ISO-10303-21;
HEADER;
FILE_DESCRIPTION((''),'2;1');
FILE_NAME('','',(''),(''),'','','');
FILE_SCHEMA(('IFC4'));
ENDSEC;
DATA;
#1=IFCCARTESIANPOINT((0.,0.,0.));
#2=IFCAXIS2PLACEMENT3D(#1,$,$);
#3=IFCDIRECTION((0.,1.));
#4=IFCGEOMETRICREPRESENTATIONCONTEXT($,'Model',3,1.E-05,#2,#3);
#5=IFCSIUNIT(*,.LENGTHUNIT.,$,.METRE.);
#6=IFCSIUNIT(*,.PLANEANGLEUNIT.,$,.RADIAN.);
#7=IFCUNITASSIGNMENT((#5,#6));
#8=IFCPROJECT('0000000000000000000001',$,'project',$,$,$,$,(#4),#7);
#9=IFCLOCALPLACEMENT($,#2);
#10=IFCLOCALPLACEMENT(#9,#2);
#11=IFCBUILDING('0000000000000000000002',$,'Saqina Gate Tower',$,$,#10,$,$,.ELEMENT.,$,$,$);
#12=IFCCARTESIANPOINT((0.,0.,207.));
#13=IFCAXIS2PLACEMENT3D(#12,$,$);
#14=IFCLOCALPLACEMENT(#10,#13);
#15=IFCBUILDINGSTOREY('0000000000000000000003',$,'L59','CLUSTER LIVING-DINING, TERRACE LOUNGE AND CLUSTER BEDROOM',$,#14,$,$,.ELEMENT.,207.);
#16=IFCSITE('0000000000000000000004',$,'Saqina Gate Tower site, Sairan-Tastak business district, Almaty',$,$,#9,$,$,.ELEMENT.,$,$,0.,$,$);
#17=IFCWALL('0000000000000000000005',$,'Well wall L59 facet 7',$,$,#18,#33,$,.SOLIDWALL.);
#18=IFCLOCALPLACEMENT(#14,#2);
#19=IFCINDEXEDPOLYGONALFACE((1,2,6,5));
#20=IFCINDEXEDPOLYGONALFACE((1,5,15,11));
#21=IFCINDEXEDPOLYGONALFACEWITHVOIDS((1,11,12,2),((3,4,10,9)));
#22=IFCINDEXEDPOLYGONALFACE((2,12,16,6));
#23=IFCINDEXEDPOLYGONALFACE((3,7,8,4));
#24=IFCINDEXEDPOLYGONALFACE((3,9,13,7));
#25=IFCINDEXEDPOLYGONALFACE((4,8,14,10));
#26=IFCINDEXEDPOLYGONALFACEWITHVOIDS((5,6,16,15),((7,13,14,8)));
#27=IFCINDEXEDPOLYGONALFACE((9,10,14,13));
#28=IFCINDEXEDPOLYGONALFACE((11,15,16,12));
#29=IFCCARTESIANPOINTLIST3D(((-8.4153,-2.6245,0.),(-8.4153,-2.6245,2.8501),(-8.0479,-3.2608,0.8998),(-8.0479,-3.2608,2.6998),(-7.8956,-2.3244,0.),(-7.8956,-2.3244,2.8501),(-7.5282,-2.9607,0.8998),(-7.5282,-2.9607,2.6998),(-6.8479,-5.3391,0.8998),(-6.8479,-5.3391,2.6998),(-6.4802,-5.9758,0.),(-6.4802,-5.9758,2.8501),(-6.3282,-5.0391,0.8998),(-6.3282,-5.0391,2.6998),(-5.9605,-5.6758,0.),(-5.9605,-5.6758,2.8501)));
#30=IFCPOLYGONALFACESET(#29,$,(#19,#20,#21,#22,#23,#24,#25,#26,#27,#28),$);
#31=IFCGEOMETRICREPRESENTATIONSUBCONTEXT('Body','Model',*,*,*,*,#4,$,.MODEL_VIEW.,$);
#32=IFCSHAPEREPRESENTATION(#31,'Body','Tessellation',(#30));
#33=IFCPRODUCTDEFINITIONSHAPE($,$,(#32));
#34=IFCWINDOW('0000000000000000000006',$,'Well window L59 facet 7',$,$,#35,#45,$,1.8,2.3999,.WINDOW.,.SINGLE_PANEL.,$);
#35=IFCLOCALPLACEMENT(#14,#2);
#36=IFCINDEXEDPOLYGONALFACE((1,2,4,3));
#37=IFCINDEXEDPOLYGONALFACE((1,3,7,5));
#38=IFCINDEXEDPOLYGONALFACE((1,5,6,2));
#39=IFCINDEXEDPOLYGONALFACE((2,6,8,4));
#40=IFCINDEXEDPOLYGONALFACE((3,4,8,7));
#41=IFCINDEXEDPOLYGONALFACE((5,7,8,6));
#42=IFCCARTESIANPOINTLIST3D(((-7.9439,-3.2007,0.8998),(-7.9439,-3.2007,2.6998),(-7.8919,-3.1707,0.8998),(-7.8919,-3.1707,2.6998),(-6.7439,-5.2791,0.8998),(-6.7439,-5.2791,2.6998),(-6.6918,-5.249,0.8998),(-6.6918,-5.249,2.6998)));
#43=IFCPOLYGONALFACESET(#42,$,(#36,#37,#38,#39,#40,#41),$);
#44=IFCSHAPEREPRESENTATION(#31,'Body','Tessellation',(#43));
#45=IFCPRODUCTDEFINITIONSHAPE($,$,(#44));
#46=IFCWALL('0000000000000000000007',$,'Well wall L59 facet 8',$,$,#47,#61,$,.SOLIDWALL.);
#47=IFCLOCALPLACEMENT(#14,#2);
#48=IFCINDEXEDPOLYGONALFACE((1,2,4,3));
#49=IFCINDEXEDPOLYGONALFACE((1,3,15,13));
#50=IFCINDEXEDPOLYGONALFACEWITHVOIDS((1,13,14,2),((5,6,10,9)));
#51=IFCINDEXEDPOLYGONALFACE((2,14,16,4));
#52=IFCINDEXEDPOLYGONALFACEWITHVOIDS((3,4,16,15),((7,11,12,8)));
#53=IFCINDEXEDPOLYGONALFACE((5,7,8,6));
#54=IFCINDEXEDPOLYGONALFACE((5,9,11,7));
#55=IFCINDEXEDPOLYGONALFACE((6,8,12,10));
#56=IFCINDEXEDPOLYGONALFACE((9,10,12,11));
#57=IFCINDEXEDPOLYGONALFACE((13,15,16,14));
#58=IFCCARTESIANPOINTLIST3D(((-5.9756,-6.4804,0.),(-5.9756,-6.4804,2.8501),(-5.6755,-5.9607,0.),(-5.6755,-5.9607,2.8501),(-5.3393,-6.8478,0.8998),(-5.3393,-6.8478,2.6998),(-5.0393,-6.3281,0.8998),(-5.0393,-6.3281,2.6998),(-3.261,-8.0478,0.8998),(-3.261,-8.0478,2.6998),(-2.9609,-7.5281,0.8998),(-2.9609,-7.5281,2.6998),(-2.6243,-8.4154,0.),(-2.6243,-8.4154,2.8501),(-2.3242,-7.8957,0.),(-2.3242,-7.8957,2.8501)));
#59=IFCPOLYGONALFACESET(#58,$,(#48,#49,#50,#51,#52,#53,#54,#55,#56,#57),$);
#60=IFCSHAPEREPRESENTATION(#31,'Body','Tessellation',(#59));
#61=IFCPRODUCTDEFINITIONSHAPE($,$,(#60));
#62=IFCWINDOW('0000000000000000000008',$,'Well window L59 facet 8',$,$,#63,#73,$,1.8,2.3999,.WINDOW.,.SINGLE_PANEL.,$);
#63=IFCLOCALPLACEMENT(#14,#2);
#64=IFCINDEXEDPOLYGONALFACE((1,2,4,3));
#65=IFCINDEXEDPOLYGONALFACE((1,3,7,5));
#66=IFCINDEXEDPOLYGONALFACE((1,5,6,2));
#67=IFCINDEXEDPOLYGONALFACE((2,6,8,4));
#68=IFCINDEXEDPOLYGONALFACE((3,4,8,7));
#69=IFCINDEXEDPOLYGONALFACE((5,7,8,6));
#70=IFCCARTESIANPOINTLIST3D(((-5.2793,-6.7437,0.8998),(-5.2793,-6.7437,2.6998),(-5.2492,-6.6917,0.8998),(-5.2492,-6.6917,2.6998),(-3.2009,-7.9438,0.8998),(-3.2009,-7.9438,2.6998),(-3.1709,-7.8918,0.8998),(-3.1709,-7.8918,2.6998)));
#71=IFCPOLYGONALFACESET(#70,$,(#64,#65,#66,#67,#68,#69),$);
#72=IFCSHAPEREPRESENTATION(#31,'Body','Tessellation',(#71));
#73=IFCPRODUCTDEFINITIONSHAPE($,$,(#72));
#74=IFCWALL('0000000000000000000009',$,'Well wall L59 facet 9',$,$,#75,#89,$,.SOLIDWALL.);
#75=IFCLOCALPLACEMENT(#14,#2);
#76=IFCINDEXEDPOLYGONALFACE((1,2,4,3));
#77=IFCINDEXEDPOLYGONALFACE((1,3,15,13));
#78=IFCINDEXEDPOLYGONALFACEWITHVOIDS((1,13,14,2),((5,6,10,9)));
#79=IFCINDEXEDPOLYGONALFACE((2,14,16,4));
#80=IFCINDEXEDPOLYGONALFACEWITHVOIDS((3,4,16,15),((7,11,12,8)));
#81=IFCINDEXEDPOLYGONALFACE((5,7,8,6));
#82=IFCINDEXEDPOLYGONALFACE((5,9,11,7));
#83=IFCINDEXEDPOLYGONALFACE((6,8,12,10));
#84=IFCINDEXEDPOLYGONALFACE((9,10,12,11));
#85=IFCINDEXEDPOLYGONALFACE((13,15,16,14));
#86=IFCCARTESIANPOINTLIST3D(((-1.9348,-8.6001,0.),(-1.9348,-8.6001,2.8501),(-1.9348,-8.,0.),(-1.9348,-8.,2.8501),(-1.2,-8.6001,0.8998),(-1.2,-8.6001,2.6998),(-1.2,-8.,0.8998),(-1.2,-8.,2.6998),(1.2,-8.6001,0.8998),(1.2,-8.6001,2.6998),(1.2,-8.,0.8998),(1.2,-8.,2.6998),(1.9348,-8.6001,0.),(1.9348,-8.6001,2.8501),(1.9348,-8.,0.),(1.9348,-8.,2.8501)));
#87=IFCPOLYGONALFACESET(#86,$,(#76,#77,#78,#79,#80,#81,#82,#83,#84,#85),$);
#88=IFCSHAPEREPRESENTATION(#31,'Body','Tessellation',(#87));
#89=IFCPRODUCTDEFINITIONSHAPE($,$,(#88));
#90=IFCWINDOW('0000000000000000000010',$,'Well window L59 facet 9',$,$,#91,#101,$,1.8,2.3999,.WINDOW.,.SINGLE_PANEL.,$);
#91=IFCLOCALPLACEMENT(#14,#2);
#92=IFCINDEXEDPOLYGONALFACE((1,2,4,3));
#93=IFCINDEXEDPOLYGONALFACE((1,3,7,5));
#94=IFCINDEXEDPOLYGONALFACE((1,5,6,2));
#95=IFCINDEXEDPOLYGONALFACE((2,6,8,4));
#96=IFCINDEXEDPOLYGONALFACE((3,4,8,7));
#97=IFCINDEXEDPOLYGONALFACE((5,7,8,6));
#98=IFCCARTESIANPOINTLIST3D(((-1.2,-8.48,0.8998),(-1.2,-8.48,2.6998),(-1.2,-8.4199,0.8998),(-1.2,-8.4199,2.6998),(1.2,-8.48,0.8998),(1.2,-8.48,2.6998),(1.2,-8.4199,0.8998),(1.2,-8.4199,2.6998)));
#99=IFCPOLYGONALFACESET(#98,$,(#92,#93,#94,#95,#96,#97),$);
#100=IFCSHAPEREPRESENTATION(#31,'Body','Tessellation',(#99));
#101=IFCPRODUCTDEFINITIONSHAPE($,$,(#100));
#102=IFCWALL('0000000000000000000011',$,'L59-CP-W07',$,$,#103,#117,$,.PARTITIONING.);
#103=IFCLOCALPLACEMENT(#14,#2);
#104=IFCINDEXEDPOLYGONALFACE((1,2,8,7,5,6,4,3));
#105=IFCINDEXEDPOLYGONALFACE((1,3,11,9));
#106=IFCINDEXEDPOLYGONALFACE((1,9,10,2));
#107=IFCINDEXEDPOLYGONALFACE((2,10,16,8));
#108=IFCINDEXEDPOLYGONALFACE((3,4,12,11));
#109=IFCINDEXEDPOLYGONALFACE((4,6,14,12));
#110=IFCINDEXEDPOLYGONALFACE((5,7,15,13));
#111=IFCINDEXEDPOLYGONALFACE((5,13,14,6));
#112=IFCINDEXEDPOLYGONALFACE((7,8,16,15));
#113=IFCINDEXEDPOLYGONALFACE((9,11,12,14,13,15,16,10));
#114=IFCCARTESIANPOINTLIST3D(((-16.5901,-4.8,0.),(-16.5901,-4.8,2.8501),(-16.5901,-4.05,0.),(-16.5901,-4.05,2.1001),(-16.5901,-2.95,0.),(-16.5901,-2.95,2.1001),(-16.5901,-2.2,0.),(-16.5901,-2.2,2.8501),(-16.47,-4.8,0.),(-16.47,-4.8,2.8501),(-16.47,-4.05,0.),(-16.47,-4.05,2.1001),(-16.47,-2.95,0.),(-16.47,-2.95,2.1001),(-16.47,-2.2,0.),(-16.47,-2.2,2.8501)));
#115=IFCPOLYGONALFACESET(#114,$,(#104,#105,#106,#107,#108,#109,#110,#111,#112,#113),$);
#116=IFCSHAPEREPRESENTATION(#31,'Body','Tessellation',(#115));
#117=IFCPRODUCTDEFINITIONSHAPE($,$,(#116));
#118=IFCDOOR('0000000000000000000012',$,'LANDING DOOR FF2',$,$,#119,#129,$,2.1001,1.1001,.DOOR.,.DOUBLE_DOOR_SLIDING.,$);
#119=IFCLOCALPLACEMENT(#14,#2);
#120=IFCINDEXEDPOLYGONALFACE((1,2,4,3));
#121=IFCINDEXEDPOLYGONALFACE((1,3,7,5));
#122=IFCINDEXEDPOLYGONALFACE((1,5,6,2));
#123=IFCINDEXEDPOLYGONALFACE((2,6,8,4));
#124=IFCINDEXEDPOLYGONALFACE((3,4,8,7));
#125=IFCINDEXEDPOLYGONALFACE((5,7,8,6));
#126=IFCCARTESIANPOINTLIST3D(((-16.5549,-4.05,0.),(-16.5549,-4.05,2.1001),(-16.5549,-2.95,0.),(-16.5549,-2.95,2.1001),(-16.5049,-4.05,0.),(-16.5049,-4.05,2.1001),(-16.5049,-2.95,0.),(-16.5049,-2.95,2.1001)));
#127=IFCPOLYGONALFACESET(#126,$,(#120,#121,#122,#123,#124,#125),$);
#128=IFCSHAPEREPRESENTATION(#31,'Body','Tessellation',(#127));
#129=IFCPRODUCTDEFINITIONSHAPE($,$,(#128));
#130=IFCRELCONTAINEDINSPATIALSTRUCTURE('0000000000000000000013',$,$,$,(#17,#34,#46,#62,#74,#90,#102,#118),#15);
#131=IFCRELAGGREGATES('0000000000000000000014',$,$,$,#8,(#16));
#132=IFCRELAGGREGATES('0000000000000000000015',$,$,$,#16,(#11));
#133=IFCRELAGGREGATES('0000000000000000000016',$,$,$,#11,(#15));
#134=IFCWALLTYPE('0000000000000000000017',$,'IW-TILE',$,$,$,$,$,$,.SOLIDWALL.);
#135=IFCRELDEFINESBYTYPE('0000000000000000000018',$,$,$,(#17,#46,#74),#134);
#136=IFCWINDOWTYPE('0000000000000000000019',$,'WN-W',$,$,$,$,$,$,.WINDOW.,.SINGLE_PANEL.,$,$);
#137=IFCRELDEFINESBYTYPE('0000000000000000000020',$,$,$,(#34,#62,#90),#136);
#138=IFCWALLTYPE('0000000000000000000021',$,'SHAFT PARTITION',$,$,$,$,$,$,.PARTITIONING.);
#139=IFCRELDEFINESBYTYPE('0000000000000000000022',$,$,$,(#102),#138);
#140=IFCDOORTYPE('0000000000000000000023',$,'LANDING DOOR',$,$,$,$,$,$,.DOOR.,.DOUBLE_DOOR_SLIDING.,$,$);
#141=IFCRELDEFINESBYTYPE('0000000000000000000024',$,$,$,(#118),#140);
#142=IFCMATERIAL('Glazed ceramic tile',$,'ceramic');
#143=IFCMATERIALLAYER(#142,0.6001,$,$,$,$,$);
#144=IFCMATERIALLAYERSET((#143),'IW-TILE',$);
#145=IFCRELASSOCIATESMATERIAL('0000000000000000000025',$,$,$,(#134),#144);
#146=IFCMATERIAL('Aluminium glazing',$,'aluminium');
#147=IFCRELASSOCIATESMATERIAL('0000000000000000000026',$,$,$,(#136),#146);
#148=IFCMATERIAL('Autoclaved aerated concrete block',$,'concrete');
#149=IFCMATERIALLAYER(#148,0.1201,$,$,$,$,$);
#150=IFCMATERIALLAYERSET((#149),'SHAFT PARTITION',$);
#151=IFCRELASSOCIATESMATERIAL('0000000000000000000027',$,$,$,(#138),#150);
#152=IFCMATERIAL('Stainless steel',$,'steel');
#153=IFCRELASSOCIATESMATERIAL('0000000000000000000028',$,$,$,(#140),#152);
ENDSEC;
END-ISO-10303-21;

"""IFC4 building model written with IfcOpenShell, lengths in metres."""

from ifc_helpers import new_model, si_unit, direction, frame, frame_2d, origin, place, context, subcontext, project, spatial, rectangle, extrude, material, layer, layer_set, type_object, element, fill, save


model = new_model("IFC4")

# Units and contexts
model_context = context("Model", 3, precision=1e-05, world=origin(), true_north=direction((0.0, 1.0)))
body_context = subcontext(model_context, "Body", "Model", "MODEL_VIEW")
ifc_project = project(units=[si_unit("LENGTHUNIT", "METRE"), si_unit("PLANEANGLEUNIT", "RADIAN")], contexts=[model_context])

# Site, building, storey
site_placement = place(None, origin())
site = spatial("IfcSite", under=ifc_project, at=site_placement, Name="Saqina Gate Tower site, Sairan-Tastak business district, Almaty", CompositionType="ELEMENT", RefElevation=0.0)
building_placement = place(site_placement, origin())
building = spatial("IfcBuilding", under=site, at=building_placement, Name="Saqina Gate Tower", CompositionType="ELEMENT")
storey_placement = place(building_placement, frame((0.0, 0.0, 207.0)))
storey = spatial("IfcBuildingStorey", under=building, at=storey_placement, Name="L59", Description="CLUSTER LIVING-DINING, TERRACE LOUNGE AND CLUSTER BEDROOM", CompositionType="ELEMENT", Elevation=207.0)

# Walls, openings, windows
ifc_material_1 = material(Name="Glazed ceramic tile", Category="ceramic")
ifc_layer_1 = layer(ifc_material_1, 0.6001)
ifc_layer_set_1 = layer_set([ifc_layer_1], Name="IW-TILE")
wall_type_1 = type_object("IfcWallType", Name="IW-TILE", PredefinedType="SOLIDWALL", material=ifc_layer_set_1)
wall_1_placement = place(storey_placement, frame((-8.1555, -2.4744, 0.0), z_axis=(0.0, 0.0, 1.0), x_axis=(0.500034, -0.866006, 0.0)))
wall_1 = element("IfcWall", 1, at=wall_1_placement, inside=storey, type_object=wall_type_1, Name="Well wall L59 facet 7", PredefinedType="SOLIDWALL", context=body_context, shape_type="SweptSolid", body=[
    extrude(rectangle(XDim=3.8699, YDim=0.6001, at=frame_2d((1.9351, 0.0))), origin(), (0.0, 0.0, 1.0), 2.8501),
])
opening_1_placement = place(wall_1_placement, frame((0.7349, 0.0, 0.8999)))
opening_1 = element("IfcOpeningElement", 2, at=opening_1_placement, cuts=wall_1, PredefinedType="OPENING", context=body_context, shape_type="SweptSolid", body=[
    extrude(rectangle(XDim=2.3999, YDim=1.8, at=frame_2d((1.2, 0.8999))), frame((0.0, 0.312, 0.0), z_axis=(0.0, -1.0, 0.0), x_axis=(1.0, 0.0, 0.0)), (0.0, 0.0, 1.0), 0.624),
])
ifc_material_2 = material(Name="Aluminium glazing", Category="aluminium")
window_type = type_object("IfcWindowType", Name="WN-W", PartitioningType="SINGLE_PANEL", PredefinedType="WINDOW", material=ifc_material_2)
window_1_placement = place(opening_1_placement, origin())
window_1 = element("IfcWindow", 3, at=window_1_placement, inside=storey, type_object=window_type, Name="Well window L59 facet 7", OverallHeight=1.8, OverallWidth=2.3999, PartitioningType="SINGLE_PANEL", PredefinedType="WINDOW", context=body_context, shape_type="SweptSolid", body=[
    extrude(rectangle(XDim=2.3999, YDim=1.8, at=frame_2d((1.2, 0.8999))), frame((0.0, -0.1199, 0.0), z_axis=(0.0, -1.0, 0.0), x_axis=(1.0, 0.0, 0.0)), (0.0, 0.0, 1.0), 0.0601),
])
fill(opening_1, window_1)
wall_2_placement = place(storey_placement, frame((-5.8257, -6.2205, 0.0), z_axis=(0.0, 0.0, 1.0), x_axis=(0.866006, -0.500034, 0.0)))
wall_2 = element("IfcWall", 4, at=wall_2_placement, inside=storey, type_object=wall_type_1, Name="Well wall L59 facet 8", PredefinedType="SOLIDWALL", context=body_context, shape_type="SweptSolid", body=[
    extrude(rectangle(XDim=3.8699, YDim=0.6001, at=frame_2d((1.9351, 0.0))), origin(), (0.0, 0.0, 1.0), 2.8501),
])
opening_2_placement = place(wall_2_placement, frame((0.7349, 0.0, 0.8999)))
opening_2 = element("IfcOpeningElement", 5, at=opening_2_placement, cuts=wall_2, PredefinedType="OPENING", context=body_context, shape_type="SweptSolid", body=[
    extrude(rectangle(XDim=2.3999, YDim=1.8, at=frame_2d((1.2, 0.8999))), frame((0.0, 0.312, 0.0), z_axis=(0.0, -1.0, 0.0), x_axis=(1.0, 0.0, 0.0)), (0.0, 0.0, 1.0), 0.624),
])
window_2_placement = place(opening_2_placement, origin())
window_2 = element("IfcWindow", 6, at=window_2_placement, inside=storey, type_object=window_type, Name="Well window L59 facet 8", OverallHeight=1.8, OverallWidth=2.3999, PartitioningType="SINGLE_PANEL", PredefinedType="WINDOW", context=body_context, shape_type="SweptSolid", body=[
    extrude(rectangle(XDim=2.3999, YDim=1.8, at=frame_2d((1.2, 0.8999))), frame((0.0, -0.1199, 0.0), z_axis=(0.0, -1.0, 0.0), x_axis=(1.0, 0.0, 0.0)), (0.0, 0.0, 1.0), 0.0601),
])
fill(opening_2, window_2)
wall_3_placement = place(storey_placement, frame((-1.9348, -8.3, 0.0), z_axis=(0.0, 0.0, 1.0), x_axis=(1.0, 0.0, 0.0)))
wall_3 = element("IfcWall", 7, at=wall_3_placement, inside=storey, type_object=wall_type_1, Name="Well wall L59 facet 9", PredefinedType="SOLIDWALL", context=body_context, shape_type="SweptSolid", body=[
    extrude(rectangle(XDim=3.8696, YDim=0.6001, at=frame_2d((1.9348, 0.0))), origin(), (0.0, 0.0, 1.0), 2.8501),
])
opening_3_placement = place(wall_3_placement, frame((0.7349, 0.0, 0.8999)))
opening_3 = element("IfcOpeningElement", 8, at=opening_3_placement, cuts=wall_3, PredefinedType="OPENING", context=body_context, shape_type="SweptSolid", body=[
    extrude(rectangle(XDim=2.3999, YDim=1.8, at=frame_2d((1.2, 0.8999))), frame((0.0, 0.312, 0.0), z_axis=(0.0, -1.0, 0.0), x_axis=(1.0, 0.0, 0.0)), (0.0, 0.0, 1.0), 0.624),
])
window_3_placement = place(opening_3_placement, origin())
window_3 = element("IfcWindow", 9, at=window_3_placement, inside=storey, type_object=window_type, Name="Well window L59 facet 9", OverallHeight=1.8, OverallWidth=2.3999, PartitioningType="SINGLE_PANEL", PredefinedType="WINDOW", context=body_context, shape_type="SweptSolid", body=[
    extrude(rectangle(XDim=2.3999, YDim=1.8, at=frame_2d((1.2, 0.8999))), frame((0.0, -0.1199, 0.0), z_axis=(0.0, -1.0, 0.0), x_axis=(1.0, 0.0, 0.0)), (0.0, 0.0, 1.0), 0.0601),
])
fill(opening_3, window_3)

# Wall, opening, door
ifc_material_3 = material(Name="Autoclaved aerated concrete block", Category="concrete")
ifc_layer_2 = layer(ifc_material_3, 0.1201)
ifc_layer_set_2 = layer_set([ifc_layer_2], Name="SHAFT PARTITION")
wall_type_2 = type_object("IfcWallType", Name="SHAFT PARTITION", PredefinedType="PARTITIONING", material=ifc_layer_set_2)
wall_4_placement = place(storey_placement, frame((-16.53, -4.8, 0.0), z_axis=(0.0, 0.0, 1.0), x_axis=(0.0, 1.0, 0.0)))
wall_4 = element("IfcWall", 10, at=wall_4_placement, inside=storey, type_object=wall_type_2, Name="L59-CP-W07", PredefinedType="PARTITIONING", context=body_context, shape_type="SweptSolid", body=[
    extrude(rectangle(XDim=2.6001, YDim=0.1201, at=frame_2d((1.3, 0.0))), origin(), (0.0, 0.0, 1.0), 2.8501),
])
opening_4_placement = place(wall_4_placement, frame((0.75, 0.0, 0.0)))
opening_4 = element("IfcOpeningElement", 11, at=opening_4_placement, cuts=wall_4, PredefinedType="OPENING", context=body_context, shape_type="SweptSolid", body=[
    extrude(rectangle(XDim=1.1001, YDim=2.1001, at=frame_2d((0.55, 1.05))), frame((0.0, 0.072, 0.0), z_axis=(0.0, -1.0, 0.0), x_axis=(1.0, 0.0, 0.0)), (0.0, 0.0, 1.0), 0.144),
])
ifc_material_4 = material(Name="Stainless steel", Category="steel")
door_type_1 = type_object("IfcDoorType", Name="LANDING DOOR", OperationType="DOUBLE_DOOR_SLIDING", PredefinedType="DOOR", material=ifc_material_4)
door_1_placement = place(opening_4_placement, origin())
door_1 = element("IfcDoor", 12, at=door_1_placement, inside=storey, type_object=door_type_1, Name="LANDING DOOR FF2", OperationType="DOUBLE_DOOR_SLIDING", OverallHeight=2.1001, OverallWidth=1.1001, PredefinedType="DOOR", context=body_context, shape_type="SweptSolid", body=[
    extrude(rectangle(XDim=1.1001, YDim=2.1001, at=frame_2d((0.55, 1.05))), frame((0.0, 0.0249, 0.0), z_axis=(0.0, -1.0, 0.0), x_axis=(1.0, 0.0, 0.0)), (0.0, 0.0, 1.0), 0.05),
])
fill(opening_4, door_1)

save(model, "model.ifc")
